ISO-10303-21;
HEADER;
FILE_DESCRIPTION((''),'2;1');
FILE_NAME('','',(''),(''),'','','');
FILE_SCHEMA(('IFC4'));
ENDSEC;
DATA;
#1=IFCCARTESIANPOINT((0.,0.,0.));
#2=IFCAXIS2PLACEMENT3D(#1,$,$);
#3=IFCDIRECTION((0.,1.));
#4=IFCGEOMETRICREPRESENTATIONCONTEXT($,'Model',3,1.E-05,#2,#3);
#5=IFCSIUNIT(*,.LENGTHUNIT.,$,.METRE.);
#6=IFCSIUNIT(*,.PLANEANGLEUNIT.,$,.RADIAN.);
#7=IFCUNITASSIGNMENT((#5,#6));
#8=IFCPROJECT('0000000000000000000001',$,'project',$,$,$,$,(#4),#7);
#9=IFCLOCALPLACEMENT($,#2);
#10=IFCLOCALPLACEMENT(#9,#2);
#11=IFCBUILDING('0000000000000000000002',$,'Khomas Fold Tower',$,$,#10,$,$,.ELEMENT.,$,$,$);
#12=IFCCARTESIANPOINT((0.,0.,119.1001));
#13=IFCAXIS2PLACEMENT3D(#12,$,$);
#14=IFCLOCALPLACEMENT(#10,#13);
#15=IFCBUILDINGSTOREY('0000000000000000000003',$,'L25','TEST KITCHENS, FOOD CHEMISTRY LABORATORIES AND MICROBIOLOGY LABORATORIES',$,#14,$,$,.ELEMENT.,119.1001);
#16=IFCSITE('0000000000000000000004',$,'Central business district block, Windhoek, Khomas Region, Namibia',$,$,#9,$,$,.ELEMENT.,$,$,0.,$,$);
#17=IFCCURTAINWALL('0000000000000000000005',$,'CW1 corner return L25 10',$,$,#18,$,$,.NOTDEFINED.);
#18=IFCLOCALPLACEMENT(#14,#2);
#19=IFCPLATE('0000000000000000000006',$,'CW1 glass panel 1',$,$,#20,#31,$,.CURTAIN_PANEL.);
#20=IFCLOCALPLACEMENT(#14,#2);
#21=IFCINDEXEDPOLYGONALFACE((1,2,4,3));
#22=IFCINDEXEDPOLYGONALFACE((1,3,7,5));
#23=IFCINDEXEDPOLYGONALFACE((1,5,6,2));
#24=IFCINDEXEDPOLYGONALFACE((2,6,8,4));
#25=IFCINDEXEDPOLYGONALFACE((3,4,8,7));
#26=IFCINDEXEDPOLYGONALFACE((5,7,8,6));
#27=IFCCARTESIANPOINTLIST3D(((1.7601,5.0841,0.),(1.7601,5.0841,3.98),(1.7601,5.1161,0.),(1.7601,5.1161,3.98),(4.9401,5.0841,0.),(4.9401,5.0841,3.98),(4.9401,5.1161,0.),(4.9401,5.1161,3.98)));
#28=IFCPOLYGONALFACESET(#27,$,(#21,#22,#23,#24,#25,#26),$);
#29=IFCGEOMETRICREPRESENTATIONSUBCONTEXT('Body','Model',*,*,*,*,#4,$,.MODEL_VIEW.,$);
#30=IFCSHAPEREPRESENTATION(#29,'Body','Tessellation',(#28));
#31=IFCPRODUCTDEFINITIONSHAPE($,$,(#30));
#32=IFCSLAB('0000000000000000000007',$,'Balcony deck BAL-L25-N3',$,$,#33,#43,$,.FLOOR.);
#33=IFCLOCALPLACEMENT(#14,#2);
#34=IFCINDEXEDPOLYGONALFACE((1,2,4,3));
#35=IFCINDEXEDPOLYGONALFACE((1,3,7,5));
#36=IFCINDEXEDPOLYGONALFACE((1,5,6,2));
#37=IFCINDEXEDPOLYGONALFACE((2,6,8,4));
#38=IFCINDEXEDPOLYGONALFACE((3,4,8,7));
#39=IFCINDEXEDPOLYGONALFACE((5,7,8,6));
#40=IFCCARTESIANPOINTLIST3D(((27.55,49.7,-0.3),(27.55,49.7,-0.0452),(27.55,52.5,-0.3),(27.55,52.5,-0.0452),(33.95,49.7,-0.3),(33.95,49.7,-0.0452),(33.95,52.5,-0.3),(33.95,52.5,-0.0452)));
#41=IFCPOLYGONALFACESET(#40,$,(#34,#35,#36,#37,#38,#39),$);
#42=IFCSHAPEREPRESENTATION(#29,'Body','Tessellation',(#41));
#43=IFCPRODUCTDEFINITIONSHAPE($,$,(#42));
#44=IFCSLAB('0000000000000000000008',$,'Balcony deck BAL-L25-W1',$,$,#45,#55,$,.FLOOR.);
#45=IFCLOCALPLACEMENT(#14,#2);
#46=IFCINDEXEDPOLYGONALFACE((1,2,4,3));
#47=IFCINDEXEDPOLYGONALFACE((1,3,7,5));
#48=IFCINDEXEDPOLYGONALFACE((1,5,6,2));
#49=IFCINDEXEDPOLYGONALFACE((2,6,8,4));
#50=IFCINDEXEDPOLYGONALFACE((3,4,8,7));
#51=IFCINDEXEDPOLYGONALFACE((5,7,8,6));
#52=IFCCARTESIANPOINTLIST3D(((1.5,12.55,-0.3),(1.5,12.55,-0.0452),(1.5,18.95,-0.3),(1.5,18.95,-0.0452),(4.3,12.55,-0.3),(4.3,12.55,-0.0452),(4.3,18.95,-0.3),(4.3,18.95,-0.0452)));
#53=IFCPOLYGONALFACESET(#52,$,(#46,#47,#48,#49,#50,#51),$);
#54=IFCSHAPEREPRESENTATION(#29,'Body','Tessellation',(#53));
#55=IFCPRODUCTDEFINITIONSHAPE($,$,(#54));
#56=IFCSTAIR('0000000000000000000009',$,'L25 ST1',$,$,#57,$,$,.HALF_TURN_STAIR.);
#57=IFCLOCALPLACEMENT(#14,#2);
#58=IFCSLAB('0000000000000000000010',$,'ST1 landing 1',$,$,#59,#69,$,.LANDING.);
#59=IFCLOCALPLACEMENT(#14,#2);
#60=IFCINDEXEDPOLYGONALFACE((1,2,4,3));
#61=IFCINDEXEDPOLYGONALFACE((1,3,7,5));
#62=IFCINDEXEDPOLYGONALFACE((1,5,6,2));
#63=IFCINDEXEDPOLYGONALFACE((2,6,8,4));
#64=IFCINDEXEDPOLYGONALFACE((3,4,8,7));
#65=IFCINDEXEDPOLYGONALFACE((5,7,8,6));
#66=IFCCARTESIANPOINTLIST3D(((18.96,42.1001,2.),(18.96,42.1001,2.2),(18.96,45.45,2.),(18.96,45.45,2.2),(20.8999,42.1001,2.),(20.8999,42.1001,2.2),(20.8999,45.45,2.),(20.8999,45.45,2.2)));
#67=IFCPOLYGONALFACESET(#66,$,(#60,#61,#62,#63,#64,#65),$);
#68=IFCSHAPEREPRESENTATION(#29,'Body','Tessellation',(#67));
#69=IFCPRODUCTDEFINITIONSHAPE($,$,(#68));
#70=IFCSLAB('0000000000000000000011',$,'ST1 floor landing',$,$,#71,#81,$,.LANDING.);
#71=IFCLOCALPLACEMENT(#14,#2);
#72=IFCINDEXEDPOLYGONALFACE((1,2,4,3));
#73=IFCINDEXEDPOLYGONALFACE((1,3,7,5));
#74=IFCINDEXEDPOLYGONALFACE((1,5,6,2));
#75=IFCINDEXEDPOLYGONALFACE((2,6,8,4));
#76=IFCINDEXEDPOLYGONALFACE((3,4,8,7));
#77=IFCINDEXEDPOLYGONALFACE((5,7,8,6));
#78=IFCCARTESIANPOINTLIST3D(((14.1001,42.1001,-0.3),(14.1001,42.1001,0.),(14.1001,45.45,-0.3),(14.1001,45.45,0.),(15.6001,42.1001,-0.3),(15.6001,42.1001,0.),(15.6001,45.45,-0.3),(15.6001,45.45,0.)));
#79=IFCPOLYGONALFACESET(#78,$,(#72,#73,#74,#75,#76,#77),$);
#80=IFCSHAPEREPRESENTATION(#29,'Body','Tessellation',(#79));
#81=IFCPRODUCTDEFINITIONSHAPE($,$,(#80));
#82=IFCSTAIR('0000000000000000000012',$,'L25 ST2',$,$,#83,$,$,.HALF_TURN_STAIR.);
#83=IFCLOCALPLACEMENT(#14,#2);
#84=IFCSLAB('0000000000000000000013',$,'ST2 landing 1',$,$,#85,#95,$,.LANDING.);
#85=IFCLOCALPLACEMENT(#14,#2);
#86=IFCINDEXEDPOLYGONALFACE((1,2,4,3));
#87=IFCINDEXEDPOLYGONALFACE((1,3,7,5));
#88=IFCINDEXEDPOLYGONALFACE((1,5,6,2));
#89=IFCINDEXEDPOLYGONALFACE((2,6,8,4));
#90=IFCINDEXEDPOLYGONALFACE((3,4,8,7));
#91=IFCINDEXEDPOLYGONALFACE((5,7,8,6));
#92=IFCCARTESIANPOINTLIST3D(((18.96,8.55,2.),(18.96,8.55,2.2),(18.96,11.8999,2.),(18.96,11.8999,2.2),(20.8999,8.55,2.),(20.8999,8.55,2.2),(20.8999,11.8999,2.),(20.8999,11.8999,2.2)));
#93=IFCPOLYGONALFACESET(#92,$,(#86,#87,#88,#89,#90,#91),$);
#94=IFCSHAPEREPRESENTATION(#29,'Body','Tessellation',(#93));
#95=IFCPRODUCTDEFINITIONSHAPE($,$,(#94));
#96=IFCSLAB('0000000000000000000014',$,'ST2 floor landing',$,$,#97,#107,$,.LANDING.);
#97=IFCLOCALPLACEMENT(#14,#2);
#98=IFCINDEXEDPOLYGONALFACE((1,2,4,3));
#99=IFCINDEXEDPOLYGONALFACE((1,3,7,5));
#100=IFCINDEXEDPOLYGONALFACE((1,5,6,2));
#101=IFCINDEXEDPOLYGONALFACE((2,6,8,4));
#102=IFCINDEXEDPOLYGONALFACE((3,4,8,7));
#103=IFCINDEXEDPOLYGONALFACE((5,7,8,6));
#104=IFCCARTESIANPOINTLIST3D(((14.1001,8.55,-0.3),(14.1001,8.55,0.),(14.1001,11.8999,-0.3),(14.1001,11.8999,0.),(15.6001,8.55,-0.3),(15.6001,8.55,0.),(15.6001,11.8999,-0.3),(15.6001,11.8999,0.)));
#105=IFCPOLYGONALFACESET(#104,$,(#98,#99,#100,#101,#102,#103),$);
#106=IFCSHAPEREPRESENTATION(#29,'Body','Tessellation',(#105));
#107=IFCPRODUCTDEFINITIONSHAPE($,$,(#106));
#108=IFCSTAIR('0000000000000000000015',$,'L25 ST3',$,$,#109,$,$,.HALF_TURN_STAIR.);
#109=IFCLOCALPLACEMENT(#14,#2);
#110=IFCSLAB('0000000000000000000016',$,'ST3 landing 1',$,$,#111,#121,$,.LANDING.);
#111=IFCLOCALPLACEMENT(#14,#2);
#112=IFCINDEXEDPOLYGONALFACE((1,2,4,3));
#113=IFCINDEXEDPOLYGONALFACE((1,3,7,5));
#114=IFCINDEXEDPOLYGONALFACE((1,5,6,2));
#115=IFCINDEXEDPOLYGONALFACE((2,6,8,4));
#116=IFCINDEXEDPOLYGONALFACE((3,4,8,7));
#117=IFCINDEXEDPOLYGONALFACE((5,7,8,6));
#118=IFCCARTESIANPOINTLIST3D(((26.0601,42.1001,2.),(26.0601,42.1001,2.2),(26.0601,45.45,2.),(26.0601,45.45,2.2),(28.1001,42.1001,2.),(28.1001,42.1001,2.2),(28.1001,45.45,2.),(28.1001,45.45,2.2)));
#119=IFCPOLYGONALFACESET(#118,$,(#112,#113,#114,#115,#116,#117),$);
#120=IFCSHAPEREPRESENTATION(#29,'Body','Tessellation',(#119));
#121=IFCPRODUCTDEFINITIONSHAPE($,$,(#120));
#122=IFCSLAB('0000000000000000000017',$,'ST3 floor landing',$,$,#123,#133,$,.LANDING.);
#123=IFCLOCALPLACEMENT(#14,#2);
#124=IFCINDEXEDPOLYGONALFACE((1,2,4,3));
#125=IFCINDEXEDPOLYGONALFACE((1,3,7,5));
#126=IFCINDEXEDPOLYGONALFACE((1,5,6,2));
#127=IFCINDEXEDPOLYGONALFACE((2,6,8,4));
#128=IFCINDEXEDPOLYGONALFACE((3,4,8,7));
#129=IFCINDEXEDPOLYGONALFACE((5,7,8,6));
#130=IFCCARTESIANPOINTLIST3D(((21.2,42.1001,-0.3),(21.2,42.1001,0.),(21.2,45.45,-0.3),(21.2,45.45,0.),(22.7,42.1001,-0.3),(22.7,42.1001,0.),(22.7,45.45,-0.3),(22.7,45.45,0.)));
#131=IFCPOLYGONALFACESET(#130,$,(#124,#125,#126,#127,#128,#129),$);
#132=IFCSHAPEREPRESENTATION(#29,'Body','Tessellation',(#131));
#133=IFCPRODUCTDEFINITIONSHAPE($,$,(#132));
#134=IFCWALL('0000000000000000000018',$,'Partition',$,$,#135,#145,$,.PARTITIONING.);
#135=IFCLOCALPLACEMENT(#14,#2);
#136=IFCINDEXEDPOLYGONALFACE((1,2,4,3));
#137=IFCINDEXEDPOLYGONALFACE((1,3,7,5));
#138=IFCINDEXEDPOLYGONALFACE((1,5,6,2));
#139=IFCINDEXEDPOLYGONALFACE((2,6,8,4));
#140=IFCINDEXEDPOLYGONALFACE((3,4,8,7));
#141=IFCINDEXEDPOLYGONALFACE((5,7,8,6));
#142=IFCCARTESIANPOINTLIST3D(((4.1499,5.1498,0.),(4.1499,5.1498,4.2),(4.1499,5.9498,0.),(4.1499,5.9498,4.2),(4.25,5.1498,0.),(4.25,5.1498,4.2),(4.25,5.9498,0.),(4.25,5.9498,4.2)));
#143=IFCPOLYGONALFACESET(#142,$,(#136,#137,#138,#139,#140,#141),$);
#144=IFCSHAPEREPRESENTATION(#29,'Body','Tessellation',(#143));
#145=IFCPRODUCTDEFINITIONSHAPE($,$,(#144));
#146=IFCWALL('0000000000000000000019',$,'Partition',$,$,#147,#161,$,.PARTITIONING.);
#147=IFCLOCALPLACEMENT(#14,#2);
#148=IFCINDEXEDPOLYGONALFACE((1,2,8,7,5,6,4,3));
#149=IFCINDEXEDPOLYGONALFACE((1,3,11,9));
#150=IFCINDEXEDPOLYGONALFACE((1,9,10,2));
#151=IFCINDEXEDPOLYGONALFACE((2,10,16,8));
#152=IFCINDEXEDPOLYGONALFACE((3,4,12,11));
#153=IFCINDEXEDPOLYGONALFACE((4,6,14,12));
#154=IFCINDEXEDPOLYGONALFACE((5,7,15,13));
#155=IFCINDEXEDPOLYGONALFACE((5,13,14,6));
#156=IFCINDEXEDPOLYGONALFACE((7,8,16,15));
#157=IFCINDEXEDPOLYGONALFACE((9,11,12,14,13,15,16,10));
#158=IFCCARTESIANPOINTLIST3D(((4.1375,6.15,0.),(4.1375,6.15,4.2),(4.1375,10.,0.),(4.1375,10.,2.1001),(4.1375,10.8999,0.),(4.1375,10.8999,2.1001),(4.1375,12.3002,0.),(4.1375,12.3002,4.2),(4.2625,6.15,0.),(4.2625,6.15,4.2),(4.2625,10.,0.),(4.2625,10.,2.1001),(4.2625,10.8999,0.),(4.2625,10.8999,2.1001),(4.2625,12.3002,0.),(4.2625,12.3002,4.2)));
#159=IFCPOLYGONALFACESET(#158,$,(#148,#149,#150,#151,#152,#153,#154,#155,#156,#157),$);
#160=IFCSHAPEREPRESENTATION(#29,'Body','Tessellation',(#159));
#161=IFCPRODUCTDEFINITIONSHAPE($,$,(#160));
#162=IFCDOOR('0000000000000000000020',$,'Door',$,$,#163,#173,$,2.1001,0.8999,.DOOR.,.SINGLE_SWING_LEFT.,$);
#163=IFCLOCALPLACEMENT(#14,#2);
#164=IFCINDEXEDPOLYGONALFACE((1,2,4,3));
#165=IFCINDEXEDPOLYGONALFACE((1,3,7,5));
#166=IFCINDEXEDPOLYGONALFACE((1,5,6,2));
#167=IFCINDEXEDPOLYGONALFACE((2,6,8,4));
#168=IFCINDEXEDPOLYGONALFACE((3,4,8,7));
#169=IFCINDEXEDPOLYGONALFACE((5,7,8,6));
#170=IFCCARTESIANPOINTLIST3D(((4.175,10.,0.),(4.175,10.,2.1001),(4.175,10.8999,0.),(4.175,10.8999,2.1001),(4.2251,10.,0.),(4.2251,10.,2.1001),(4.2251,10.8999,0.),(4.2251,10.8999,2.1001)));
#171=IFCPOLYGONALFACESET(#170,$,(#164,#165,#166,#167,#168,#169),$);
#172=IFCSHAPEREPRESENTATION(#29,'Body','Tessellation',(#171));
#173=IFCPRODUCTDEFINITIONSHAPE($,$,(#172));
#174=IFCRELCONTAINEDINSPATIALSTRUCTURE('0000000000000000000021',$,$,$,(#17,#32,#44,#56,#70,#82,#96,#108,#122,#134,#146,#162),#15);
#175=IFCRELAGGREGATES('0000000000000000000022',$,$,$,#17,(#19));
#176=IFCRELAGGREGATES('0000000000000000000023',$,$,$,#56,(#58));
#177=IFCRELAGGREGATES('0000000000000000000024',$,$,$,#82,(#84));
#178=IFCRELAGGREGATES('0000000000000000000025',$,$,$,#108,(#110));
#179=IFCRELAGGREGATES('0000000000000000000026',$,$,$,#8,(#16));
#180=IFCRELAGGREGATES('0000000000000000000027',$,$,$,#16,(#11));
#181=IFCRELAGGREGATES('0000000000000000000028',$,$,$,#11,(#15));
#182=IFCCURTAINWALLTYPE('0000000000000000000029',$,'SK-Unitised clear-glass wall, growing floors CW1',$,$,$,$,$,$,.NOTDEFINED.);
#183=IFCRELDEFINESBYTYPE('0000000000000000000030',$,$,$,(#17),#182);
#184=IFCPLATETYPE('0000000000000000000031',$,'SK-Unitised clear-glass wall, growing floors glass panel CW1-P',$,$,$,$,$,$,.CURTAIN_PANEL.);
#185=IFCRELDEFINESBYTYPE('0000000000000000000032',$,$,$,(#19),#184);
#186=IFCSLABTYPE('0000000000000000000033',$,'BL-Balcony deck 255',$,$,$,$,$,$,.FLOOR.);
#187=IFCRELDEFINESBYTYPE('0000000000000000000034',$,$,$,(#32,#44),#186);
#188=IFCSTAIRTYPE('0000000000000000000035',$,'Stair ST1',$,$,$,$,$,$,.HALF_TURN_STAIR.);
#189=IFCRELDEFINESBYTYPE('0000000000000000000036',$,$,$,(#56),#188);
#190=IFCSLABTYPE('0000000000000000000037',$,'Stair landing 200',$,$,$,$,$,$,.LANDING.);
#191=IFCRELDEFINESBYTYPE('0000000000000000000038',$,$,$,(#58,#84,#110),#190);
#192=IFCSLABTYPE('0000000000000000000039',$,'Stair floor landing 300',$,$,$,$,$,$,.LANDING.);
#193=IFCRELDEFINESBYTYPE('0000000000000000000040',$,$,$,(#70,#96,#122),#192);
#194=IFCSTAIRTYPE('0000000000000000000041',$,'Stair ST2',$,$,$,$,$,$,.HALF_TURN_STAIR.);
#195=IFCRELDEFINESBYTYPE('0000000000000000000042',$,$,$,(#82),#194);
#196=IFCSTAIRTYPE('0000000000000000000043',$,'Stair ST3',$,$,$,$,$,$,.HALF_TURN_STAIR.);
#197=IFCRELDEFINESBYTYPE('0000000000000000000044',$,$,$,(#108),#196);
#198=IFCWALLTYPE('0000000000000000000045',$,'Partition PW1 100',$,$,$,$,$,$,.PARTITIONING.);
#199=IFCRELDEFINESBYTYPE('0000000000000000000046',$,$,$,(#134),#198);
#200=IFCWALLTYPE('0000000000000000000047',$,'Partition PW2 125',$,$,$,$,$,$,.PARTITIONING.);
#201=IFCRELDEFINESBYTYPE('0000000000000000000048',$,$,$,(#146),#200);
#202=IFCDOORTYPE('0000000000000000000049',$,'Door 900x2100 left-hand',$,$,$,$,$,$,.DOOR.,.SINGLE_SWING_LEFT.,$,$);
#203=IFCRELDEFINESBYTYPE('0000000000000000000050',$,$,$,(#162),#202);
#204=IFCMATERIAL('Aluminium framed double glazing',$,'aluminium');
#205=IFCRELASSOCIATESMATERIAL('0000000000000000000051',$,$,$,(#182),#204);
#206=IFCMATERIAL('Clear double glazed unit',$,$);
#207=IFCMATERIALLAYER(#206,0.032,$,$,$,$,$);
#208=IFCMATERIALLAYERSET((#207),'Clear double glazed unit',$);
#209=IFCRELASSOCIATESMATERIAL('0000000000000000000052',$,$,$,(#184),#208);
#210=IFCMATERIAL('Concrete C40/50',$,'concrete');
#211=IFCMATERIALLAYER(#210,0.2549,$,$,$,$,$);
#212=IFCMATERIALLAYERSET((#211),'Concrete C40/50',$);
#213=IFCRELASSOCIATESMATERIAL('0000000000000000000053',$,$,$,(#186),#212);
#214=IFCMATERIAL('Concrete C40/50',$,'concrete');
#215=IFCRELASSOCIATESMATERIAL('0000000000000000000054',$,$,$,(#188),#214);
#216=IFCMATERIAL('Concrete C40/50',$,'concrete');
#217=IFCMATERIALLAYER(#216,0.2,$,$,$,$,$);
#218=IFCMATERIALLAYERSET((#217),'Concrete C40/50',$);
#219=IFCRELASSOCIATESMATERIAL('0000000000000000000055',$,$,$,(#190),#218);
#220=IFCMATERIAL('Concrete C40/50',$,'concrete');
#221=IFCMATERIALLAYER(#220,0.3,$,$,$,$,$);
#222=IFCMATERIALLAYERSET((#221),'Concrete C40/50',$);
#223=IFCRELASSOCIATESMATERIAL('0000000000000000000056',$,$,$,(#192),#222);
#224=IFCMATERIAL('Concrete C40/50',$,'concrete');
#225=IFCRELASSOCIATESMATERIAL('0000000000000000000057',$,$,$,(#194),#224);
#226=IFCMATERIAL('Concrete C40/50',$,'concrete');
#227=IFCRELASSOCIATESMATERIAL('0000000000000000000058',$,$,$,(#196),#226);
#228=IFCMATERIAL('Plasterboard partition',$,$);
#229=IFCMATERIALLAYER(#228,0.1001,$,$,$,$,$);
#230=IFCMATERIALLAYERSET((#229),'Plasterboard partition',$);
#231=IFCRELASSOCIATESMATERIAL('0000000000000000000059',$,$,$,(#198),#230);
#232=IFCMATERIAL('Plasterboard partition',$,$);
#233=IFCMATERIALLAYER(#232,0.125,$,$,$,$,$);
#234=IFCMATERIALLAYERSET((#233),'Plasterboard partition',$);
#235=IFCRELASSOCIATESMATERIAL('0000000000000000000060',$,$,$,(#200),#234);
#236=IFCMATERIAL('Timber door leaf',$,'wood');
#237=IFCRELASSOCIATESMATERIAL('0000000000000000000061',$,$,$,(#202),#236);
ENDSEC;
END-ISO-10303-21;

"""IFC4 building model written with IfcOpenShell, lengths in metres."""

from ifc_helpers import new_model, si_unit, direction, frame, frame_2d, origin, origin_2d, place, context, subcontext, project, spatial, polyline, rectangle, outline, extrude, source, transform, mapped, material, layer, layer_set, type_object, element, fill, aggregate, save


model = new_model("IFC4")

# Units and contexts
model_context = context("Model", 3, precision=1e-05, world=origin(), true_north=direction((0.0, 1.0)))
body_context = subcontext(model_context, "Body", "Model", "MODEL_VIEW")
ifc_project = project(units=[si_unit("LENGTHUNIT", "METRE"), si_unit("PLANEANGLEUNIT", "RADIAN")], contexts=[model_context])

# Site, building, storey
site_placement = place(None, origin())
site = spatial("IfcSite", under=ifc_project, at=site_placement, Name="Central business district block, Windhoek, Khomas Region, Namibia", CompositionType="ELEMENT", RefElevation=0.0)
building_placement = place(site_placement, origin())
building = spatial("IfcBuilding", under=site, at=building_placement, Name="Khomas Fold Tower", CompositionType="ELEMENT")
storey_placement = place(building_placement, frame((0.0, 0.0, 119.1001)))
storey = spatial("IfcBuildingStorey", under=building, at=storey_placement, Name="L25", Description="TEST KITCHENS, FOOD CHEMISTRY LABORATORIES AND MICROBIOLOGY LABORATORIES", CompositionType="ELEMENT", Elevation=119.1001)

# Curtain wall
ifc_material_1 = material(Name="Aluminium framed double glazing", Category="aluminium")
curtain_wall_type = type_object("IfcCurtainWallType", Name="SK-Unitised clear-glass wall, growing floors CW1", PredefinedType="NOTDEFINED", material=ifc_material_1)
curtain_wall_1_placement = place(storey_placement, origin())
curtain_wall_1 = element("IfcCurtainWall", 1, at=curtain_wall_1_placement, inside=storey, type_object=curtain_wall_type, Name="CW1 corner return L25 10", PredefinedType="NOTDEFINED")

# Plate
ifc_material_2 = material(Name="Clear double glazed unit")
ifc_layer_1 = layer(ifc_material_2, 0.032)
ifc_layer_set_1 = layer_set([ifc_layer_1], Name="Clear double glazed unit")
plate_type = type_object("IfcPlateType", Name="SK-Unitised clear-glass wall, growing floors glass panel CW1-P", PredefinedType="CURTAIN_PANEL", material=ifc_layer_set_1)
shared_shape_1 = source(origin(), body_context, "Body", "SweptSolid", [
    extrude(rectangle(XDim=3.1799, YDim=0.032, at=origin_2d()), origin(), (0.0, 0.0, 1.0), 3.98),
])
plate_1_placement = place(storey_placement, frame((3.3501, 5.1001, 0.0), z_axis=(0.0, 0.0, 1.0), x_axis=(1.0, 0.0, 0.0)))
plate_1 = element("IfcPlate", 2, at=plate_1_placement, type_object=plate_type, Name="CW1 glass panel 1", PredefinedType="CURTAIN_PANEL", context=body_context, shape_type="MappedRepresentation", body=[
    mapped(shared_shape_1, transform((0.0, 0.0, 0.0))),
])
aggregate(curtain_wall_1, [plate_1])

# Slabs
ifc_material_3 = material(Name="Concrete C40/50", Category="concrete")
ifc_layer_2 = layer(ifc_material_3, 0.2549)
ifc_layer_set_2 = layer_set([ifc_layer_2], Name="Concrete C40/50")
slab_type_1 = type_object("IfcSlabType", Name="BL-Balcony deck 255", PredefinedType="FLOOR", material=ifc_layer_set_2)
shared_shape_2 = source(origin(), body_context, "Body", "SweptSolid", [
    extrude(outline(polyline([(27.55, 49.7), (33.95, 49.7), (33.95, 52.5), (27.55, 52.5), (27.55, 49.7)])), origin(), (0.0, 0.0, 1.0), 0.2549),
])
slab_1_placement = place(storey_placement, frame((0.0, 0.0, -0.3)))
element("IfcSlab", 3, at=slab_1_placement, inside=storey, type_object=slab_type_1, Name="Balcony deck BAL-L25-N3", PredefinedType="FLOOR", context=body_context, shape_type="MappedRepresentation", body=[
    mapped(shared_shape_2, transform((0.0, 0.0, 0.0))),
])
shared_shape_3 = source(origin(), body_context, "Body", "SweptSolid", [
    extrude(outline(polyline([(1.5, 12.55), (4.3, 12.55), (4.3, 18.95), (1.5, 18.95), (1.5, 12.55)])), origin(), (0.0, 0.0, 1.0), 0.2549),
])
slab_2_placement = place(storey_placement, frame((0.0, 0.0, -0.3)))
element("IfcSlab", 4, at=slab_2_placement, inside=storey, type_object=slab_type_1, Name="Balcony deck BAL-L25-W1", PredefinedType="FLOOR", context=body_context, shape_type="MappedRepresentation", body=[
    mapped(shared_shape_3, transform((0.0, 0.0, 0.0))),
])

# Stair, slab
ifc_material_4 = material(Name="Concrete C40/50", Category="concrete")
stair_type_1 = type_object("IfcStairType", Name="Stair ST1", PredefinedType="HALF_TURN_STAIR", material=ifc_material_4)
stair_1_placement = place(storey_placement, origin())
stair_1 = element("IfcStair", 5, at=stair_1_placement, inside=storey, type_object=stair_type_1, Name="L25 ST1", PredefinedType="HALF_TURN_STAIR")
ifc_material_5 = material(Name="Concrete C40/50", Category="concrete")
ifc_layer_3 = layer(ifc_material_5, 0.2)
ifc_layer_set_3 = layer_set([ifc_layer_3], Name="Concrete C40/50")
slab_type_2 = type_object("IfcSlabType", Name="Stair landing 200", PredefinedType="LANDING", material=ifc_layer_set_3)
shared_shape_4 = source(origin(), body_context, "Body", "SweptSolid", [
    extrude(outline(polyline([(18.96, 42.1001), (20.8999, 42.1001), (20.8999, 45.45), (18.96, 45.45), (18.96, 42.1001)])), origin(), (0.0, 0.0, 1.0), 0.2),
])
slab_3_placement = place(storey_placement, frame((0.0, 0.0, 2.0)))
slab_3 = element("IfcSlab", 6, at=slab_3_placement, type_object=slab_type_2, Name="ST1 landing 1", PredefinedType="LANDING", context=body_context, shape_type="MappedRepresentation", body=[
    mapped(shared_shape_4, transform((0.0, 0.0, 0.0))),
])
aggregate(stair_1, [slab_3])

# Slab
ifc_material_6 = material(Name="Concrete C40/50", Category="concrete")
ifc_layer_4 = layer(ifc_material_6, 0.3)
ifc_layer_set_4 = layer_set([ifc_layer_4], Name="Concrete C40/50")
slab_type_3 = type_object("IfcSlabType", Name="Stair floor landing 300", PredefinedType="LANDING", material=ifc_layer_set_4)
shared_shape_5 = source(origin(), body_context, "Body", "SweptSolid", [
    extrude(outline(polyline([(15.6001, 42.1001), (14.1001, 42.1001), (14.1001, 45.45), (15.6001, 45.45), (15.6001, 42.1001)])), origin(), (0.0, 0.0, 1.0), 0.3),
])
slab_4_placement = place(storey_placement, frame((0.0, 0.0, -0.3)))
element("IfcSlab", 7, at=slab_4_placement, inside=storey, type_object=slab_type_3, Name="ST1 floor landing", PredefinedType="LANDING", context=body_context, shape_type="MappedRepresentation", body=[
    mapped(shared_shape_5, transform((0.0, 0.0, 0.0))),
])

# Stair, slab
ifc_material_7 = material(Name="Concrete C40/50", Category="concrete")
stair_type_2 = type_object("IfcStairType", Name="Stair ST2", PredefinedType="HALF_TURN_STAIR", material=ifc_material_7)
stair_2_placement = place(storey_placement, origin())
stair_2 = element("IfcStair", 8, at=stair_2_placement, inside=storey, type_object=stair_type_2, Name="L25 ST2", PredefinedType="HALF_TURN_STAIR")
shared_shape_6 = source(origin(), body_context, "Body", "SweptSolid", [
    extrude(outline(polyline([(18.96, 8.55), (20.8999, 8.55), (20.8999, 11.8999), (18.96, 11.8999), (18.96, 8.55)])), origin(), (0.0, 0.0, 1.0), 0.2),
])
slab_5_placement = place(storey_placement, frame((0.0, 0.0, 2.0)))
slab_5 = element("IfcSlab", 9, at=slab_5_placement, type_object=slab_type_2, Name="ST2 landing 1", PredefinedType="LANDING", context=body_context, shape_type="MappedRepresentation", body=[
    mapped(shared_shape_6, transform((0.0, 0.0, 0.0))),
])
aggregate(stair_2, [slab_5])

# Slab
shared_shape_7 = source(origin(), body_context, "Body", "SweptSolid", [
    extrude(outline(polyline([(15.6001, 8.55), (14.1001, 8.55), (14.1001, 11.8999), (15.6001, 11.8999), (15.6001, 8.55)])), origin(), (0.0, 0.0, 1.0), 0.3),
])
slab_6_placement = place(storey_placement, frame((0.0, 0.0, -0.3)))
element("IfcSlab", 10, at=slab_6_placement, inside=storey, type_object=slab_type_3, Name="ST2 floor landing", PredefinedType="LANDING", context=body_context, shape_type="MappedRepresentation", body=[
    mapped(shared_shape_7, transform((0.0, 0.0, 0.0))),
])

# Stair, slab
ifc_material_8 = material(Name="Concrete C40/50", Category="concrete")
stair_type_3 = type_object("IfcStairType", Name="Stair ST3", PredefinedType="HALF_TURN_STAIR", material=ifc_material_8)
stair_3_placement = place(storey_placement, origin())
stair_3 = element("IfcStair", 11, at=stair_3_placement, inside=storey, type_object=stair_type_3, Name="L25 ST3", PredefinedType="HALF_TURN_STAIR")
shared_shape_8 = source(origin(), body_context, "Body", "SweptSolid", [
    extrude(outline(polyline([(26.0601, 42.1001), (28.1001, 42.1001), (28.1001, 45.45), (26.0601, 45.45), (26.0601, 42.1001)])), origin(), (0.0, 0.0, 1.0), 0.2),
])
slab_7_placement = place(storey_placement, frame((0.0, 0.0, 2.0)))
slab_7 = element("IfcSlab", 12, at=slab_7_placement, type_object=slab_type_2, Name="ST3 landing 1", PredefinedType="LANDING", context=body_context, shape_type="MappedRepresentation", body=[
    mapped(shared_shape_8, transform((0.0, 0.0, 0.0))),
])
aggregate(stair_3, [slab_7])

# Slab
shared_shape_9 = source(origin(), body_context, "Body", "SweptSolid", [
    extrude(outline(polyline([(22.7, 42.1001), (21.2, 42.1001), (21.2, 45.45), (22.7, 45.45), (22.7, 42.1001)])), origin(), (0.0, 0.0, 1.0), 0.3),
])
slab_8_placement = place(storey_placement, frame((0.0, 0.0, -0.3)))
element("IfcSlab", 13, at=slab_8_placement, inside=storey, type_object=slab_type_3, Name="ST3 floor landing", PredefinedType="LANDING", context=body_context, shape_type="MappedRepresentation", body=[
    mapped(shared_shape_9, transform((0.0, 0.0, 0.0))),
])

# Wall
ifc_material_9 = material(Name="Plasterboard partition")
ifc_layer_5 = layer(ifc_material_9, 0.1001)
ifc_layer_set_5 = layer_set([ifc_layer_5], Name="Plasterboard partition")
wall_type_1 = type_object("IfcWallType", Name="Partition PW1 100", PredefinedType="PARTITIONING", material=ifc_layer_set_5)
shared_shape_10 = source(origin(), body_context, "Body", "SweptSolid", [
    extrude(rectangle(XDim=0.8, YDim=0.1001, at=frame_2d((0.3999, 0.0))), origin(), (0.0, 0.0, 1.0), 4.2),
])
wall_1_placement = place(storey_placement, frame((4.2, 5.1499, 0.0), z_axis=(0.0, 0.0, 1.0), x_axis=(0.0, 1.0, 0.0)))
element("IfcWall", 14, at=wall_1_placement, inside=storey, type_object=wall_type_1, Name="Partition", PredefinedType="PARTITIONING", context=body_context, shape_type="MappedRepresentation", body=[
    mapped(shared_shape_10, transform((0.0, 0.0, 0.0))),
])

# Wall, opening, door
ifc_material_10 = material(Name="Plasterboard partition")
ifc_layer_6 = layer(ifc_material_10, 0.125)
ifc_layer_set_6 = layer_set([ifc_layer_6], Name="Plasterboard partition")
wall_type_2 = type_object("IfcWallType", Name="Partition PW2 125", PredefinedType="PARTITIONING", material=ifc_layer_set_6)
shared_shape_11 = source(origin(), body_context, "Body", "SweptSolid", [
    extrude(rectangle(XDim=6.1501, YDim=0.125, at=frame_2d((3.0752, 0.0))), origin(), (0.0, 0.0, 1.0), 4.2),
])
wall_2_placement = place(storey_placement, frame((4.2, 6.1499, 0.0), z_axis=(0.0, 0.0, 1.0), x_axis=(0.0, 1.0, 0.0)))
wall_2 = element("IfcWall", 15, at=wall_2_placement, inside=storey, type_object=wall_type_2, Name="Partition", PredefinedType="PARTITIONING", context=body_context, shape_type="MappedRepresentation", body=[
    mapped(shared_shape_11, transform((0.0, 0.0, 0.0))),
])
shared_shape_12 = source(origin(), body_context, "Body", "SweptSolid", [
    extrude(rectangle(XDim=0.8999, YDim=2.1001, at=frame_2d((0.45, 1.05))), frame((0.0, 0.0725, 0.0), z_axis=(0.0, -1.0, 0.0), x_axis=(1.0, 0.0, 0.0)), (0.0, 0.0, 1.0), 0.145),
])
opening_1_placement = place(wall_2_placement, frame((3.8501, 0.0, 0.0)))
opening_1 = element("IfcOpeningElement", 16, at=opening_1_placement, cuts=wall_2, PredefinedType="OPENING", context=body_context, shape_type="MappedRepresentation", body=[
    mapped(shared_shape_12, transform((0.0, 0.0, 0.0))),
])
ifc_material_11 = material(Name="Timber door leaf", Category="wood")
door_type_1 = type_object("IfcDoorType", Name="Door 900x2100 left-hand", OperationType="SINGLE_SWING_LEFT", PredefinedType="DOOR", material=ifc_material_11)
shared_shape_13 = source(origin(), body_context, "Body", "SweptSolid", [
    extrude(rectangle(XDim=0.8999, YDim=2.1001, at=frame_2d((0.45, 1.05))), frame((0.0, 0.0249, 0.0), z_axis=(0.0, -1.0, 0.0), x_axis=(1.0, 0.0, 0.0)), (0.0, 0.0, 1.0), 0.05),
])
door_1_placement = place(opening_1_placement, origin())
door_1 = element("IfcDoor", 17, at=door_1_placement, inside=storey, type_object=door_type_1, Name="Door", OperationType="SINGLE_SWING_LEFT", OverallHeight=2.1001, OverallWidth=0.8999, PredefinedType="DOOR", context=body_context, shape_type="MappedRepresentation", body=[
    mapped(shared_shape_13, transform((0.0, 0.0, 0.0))),
])
fill(opening_1, door_1)

save(model, "model.ifc")
